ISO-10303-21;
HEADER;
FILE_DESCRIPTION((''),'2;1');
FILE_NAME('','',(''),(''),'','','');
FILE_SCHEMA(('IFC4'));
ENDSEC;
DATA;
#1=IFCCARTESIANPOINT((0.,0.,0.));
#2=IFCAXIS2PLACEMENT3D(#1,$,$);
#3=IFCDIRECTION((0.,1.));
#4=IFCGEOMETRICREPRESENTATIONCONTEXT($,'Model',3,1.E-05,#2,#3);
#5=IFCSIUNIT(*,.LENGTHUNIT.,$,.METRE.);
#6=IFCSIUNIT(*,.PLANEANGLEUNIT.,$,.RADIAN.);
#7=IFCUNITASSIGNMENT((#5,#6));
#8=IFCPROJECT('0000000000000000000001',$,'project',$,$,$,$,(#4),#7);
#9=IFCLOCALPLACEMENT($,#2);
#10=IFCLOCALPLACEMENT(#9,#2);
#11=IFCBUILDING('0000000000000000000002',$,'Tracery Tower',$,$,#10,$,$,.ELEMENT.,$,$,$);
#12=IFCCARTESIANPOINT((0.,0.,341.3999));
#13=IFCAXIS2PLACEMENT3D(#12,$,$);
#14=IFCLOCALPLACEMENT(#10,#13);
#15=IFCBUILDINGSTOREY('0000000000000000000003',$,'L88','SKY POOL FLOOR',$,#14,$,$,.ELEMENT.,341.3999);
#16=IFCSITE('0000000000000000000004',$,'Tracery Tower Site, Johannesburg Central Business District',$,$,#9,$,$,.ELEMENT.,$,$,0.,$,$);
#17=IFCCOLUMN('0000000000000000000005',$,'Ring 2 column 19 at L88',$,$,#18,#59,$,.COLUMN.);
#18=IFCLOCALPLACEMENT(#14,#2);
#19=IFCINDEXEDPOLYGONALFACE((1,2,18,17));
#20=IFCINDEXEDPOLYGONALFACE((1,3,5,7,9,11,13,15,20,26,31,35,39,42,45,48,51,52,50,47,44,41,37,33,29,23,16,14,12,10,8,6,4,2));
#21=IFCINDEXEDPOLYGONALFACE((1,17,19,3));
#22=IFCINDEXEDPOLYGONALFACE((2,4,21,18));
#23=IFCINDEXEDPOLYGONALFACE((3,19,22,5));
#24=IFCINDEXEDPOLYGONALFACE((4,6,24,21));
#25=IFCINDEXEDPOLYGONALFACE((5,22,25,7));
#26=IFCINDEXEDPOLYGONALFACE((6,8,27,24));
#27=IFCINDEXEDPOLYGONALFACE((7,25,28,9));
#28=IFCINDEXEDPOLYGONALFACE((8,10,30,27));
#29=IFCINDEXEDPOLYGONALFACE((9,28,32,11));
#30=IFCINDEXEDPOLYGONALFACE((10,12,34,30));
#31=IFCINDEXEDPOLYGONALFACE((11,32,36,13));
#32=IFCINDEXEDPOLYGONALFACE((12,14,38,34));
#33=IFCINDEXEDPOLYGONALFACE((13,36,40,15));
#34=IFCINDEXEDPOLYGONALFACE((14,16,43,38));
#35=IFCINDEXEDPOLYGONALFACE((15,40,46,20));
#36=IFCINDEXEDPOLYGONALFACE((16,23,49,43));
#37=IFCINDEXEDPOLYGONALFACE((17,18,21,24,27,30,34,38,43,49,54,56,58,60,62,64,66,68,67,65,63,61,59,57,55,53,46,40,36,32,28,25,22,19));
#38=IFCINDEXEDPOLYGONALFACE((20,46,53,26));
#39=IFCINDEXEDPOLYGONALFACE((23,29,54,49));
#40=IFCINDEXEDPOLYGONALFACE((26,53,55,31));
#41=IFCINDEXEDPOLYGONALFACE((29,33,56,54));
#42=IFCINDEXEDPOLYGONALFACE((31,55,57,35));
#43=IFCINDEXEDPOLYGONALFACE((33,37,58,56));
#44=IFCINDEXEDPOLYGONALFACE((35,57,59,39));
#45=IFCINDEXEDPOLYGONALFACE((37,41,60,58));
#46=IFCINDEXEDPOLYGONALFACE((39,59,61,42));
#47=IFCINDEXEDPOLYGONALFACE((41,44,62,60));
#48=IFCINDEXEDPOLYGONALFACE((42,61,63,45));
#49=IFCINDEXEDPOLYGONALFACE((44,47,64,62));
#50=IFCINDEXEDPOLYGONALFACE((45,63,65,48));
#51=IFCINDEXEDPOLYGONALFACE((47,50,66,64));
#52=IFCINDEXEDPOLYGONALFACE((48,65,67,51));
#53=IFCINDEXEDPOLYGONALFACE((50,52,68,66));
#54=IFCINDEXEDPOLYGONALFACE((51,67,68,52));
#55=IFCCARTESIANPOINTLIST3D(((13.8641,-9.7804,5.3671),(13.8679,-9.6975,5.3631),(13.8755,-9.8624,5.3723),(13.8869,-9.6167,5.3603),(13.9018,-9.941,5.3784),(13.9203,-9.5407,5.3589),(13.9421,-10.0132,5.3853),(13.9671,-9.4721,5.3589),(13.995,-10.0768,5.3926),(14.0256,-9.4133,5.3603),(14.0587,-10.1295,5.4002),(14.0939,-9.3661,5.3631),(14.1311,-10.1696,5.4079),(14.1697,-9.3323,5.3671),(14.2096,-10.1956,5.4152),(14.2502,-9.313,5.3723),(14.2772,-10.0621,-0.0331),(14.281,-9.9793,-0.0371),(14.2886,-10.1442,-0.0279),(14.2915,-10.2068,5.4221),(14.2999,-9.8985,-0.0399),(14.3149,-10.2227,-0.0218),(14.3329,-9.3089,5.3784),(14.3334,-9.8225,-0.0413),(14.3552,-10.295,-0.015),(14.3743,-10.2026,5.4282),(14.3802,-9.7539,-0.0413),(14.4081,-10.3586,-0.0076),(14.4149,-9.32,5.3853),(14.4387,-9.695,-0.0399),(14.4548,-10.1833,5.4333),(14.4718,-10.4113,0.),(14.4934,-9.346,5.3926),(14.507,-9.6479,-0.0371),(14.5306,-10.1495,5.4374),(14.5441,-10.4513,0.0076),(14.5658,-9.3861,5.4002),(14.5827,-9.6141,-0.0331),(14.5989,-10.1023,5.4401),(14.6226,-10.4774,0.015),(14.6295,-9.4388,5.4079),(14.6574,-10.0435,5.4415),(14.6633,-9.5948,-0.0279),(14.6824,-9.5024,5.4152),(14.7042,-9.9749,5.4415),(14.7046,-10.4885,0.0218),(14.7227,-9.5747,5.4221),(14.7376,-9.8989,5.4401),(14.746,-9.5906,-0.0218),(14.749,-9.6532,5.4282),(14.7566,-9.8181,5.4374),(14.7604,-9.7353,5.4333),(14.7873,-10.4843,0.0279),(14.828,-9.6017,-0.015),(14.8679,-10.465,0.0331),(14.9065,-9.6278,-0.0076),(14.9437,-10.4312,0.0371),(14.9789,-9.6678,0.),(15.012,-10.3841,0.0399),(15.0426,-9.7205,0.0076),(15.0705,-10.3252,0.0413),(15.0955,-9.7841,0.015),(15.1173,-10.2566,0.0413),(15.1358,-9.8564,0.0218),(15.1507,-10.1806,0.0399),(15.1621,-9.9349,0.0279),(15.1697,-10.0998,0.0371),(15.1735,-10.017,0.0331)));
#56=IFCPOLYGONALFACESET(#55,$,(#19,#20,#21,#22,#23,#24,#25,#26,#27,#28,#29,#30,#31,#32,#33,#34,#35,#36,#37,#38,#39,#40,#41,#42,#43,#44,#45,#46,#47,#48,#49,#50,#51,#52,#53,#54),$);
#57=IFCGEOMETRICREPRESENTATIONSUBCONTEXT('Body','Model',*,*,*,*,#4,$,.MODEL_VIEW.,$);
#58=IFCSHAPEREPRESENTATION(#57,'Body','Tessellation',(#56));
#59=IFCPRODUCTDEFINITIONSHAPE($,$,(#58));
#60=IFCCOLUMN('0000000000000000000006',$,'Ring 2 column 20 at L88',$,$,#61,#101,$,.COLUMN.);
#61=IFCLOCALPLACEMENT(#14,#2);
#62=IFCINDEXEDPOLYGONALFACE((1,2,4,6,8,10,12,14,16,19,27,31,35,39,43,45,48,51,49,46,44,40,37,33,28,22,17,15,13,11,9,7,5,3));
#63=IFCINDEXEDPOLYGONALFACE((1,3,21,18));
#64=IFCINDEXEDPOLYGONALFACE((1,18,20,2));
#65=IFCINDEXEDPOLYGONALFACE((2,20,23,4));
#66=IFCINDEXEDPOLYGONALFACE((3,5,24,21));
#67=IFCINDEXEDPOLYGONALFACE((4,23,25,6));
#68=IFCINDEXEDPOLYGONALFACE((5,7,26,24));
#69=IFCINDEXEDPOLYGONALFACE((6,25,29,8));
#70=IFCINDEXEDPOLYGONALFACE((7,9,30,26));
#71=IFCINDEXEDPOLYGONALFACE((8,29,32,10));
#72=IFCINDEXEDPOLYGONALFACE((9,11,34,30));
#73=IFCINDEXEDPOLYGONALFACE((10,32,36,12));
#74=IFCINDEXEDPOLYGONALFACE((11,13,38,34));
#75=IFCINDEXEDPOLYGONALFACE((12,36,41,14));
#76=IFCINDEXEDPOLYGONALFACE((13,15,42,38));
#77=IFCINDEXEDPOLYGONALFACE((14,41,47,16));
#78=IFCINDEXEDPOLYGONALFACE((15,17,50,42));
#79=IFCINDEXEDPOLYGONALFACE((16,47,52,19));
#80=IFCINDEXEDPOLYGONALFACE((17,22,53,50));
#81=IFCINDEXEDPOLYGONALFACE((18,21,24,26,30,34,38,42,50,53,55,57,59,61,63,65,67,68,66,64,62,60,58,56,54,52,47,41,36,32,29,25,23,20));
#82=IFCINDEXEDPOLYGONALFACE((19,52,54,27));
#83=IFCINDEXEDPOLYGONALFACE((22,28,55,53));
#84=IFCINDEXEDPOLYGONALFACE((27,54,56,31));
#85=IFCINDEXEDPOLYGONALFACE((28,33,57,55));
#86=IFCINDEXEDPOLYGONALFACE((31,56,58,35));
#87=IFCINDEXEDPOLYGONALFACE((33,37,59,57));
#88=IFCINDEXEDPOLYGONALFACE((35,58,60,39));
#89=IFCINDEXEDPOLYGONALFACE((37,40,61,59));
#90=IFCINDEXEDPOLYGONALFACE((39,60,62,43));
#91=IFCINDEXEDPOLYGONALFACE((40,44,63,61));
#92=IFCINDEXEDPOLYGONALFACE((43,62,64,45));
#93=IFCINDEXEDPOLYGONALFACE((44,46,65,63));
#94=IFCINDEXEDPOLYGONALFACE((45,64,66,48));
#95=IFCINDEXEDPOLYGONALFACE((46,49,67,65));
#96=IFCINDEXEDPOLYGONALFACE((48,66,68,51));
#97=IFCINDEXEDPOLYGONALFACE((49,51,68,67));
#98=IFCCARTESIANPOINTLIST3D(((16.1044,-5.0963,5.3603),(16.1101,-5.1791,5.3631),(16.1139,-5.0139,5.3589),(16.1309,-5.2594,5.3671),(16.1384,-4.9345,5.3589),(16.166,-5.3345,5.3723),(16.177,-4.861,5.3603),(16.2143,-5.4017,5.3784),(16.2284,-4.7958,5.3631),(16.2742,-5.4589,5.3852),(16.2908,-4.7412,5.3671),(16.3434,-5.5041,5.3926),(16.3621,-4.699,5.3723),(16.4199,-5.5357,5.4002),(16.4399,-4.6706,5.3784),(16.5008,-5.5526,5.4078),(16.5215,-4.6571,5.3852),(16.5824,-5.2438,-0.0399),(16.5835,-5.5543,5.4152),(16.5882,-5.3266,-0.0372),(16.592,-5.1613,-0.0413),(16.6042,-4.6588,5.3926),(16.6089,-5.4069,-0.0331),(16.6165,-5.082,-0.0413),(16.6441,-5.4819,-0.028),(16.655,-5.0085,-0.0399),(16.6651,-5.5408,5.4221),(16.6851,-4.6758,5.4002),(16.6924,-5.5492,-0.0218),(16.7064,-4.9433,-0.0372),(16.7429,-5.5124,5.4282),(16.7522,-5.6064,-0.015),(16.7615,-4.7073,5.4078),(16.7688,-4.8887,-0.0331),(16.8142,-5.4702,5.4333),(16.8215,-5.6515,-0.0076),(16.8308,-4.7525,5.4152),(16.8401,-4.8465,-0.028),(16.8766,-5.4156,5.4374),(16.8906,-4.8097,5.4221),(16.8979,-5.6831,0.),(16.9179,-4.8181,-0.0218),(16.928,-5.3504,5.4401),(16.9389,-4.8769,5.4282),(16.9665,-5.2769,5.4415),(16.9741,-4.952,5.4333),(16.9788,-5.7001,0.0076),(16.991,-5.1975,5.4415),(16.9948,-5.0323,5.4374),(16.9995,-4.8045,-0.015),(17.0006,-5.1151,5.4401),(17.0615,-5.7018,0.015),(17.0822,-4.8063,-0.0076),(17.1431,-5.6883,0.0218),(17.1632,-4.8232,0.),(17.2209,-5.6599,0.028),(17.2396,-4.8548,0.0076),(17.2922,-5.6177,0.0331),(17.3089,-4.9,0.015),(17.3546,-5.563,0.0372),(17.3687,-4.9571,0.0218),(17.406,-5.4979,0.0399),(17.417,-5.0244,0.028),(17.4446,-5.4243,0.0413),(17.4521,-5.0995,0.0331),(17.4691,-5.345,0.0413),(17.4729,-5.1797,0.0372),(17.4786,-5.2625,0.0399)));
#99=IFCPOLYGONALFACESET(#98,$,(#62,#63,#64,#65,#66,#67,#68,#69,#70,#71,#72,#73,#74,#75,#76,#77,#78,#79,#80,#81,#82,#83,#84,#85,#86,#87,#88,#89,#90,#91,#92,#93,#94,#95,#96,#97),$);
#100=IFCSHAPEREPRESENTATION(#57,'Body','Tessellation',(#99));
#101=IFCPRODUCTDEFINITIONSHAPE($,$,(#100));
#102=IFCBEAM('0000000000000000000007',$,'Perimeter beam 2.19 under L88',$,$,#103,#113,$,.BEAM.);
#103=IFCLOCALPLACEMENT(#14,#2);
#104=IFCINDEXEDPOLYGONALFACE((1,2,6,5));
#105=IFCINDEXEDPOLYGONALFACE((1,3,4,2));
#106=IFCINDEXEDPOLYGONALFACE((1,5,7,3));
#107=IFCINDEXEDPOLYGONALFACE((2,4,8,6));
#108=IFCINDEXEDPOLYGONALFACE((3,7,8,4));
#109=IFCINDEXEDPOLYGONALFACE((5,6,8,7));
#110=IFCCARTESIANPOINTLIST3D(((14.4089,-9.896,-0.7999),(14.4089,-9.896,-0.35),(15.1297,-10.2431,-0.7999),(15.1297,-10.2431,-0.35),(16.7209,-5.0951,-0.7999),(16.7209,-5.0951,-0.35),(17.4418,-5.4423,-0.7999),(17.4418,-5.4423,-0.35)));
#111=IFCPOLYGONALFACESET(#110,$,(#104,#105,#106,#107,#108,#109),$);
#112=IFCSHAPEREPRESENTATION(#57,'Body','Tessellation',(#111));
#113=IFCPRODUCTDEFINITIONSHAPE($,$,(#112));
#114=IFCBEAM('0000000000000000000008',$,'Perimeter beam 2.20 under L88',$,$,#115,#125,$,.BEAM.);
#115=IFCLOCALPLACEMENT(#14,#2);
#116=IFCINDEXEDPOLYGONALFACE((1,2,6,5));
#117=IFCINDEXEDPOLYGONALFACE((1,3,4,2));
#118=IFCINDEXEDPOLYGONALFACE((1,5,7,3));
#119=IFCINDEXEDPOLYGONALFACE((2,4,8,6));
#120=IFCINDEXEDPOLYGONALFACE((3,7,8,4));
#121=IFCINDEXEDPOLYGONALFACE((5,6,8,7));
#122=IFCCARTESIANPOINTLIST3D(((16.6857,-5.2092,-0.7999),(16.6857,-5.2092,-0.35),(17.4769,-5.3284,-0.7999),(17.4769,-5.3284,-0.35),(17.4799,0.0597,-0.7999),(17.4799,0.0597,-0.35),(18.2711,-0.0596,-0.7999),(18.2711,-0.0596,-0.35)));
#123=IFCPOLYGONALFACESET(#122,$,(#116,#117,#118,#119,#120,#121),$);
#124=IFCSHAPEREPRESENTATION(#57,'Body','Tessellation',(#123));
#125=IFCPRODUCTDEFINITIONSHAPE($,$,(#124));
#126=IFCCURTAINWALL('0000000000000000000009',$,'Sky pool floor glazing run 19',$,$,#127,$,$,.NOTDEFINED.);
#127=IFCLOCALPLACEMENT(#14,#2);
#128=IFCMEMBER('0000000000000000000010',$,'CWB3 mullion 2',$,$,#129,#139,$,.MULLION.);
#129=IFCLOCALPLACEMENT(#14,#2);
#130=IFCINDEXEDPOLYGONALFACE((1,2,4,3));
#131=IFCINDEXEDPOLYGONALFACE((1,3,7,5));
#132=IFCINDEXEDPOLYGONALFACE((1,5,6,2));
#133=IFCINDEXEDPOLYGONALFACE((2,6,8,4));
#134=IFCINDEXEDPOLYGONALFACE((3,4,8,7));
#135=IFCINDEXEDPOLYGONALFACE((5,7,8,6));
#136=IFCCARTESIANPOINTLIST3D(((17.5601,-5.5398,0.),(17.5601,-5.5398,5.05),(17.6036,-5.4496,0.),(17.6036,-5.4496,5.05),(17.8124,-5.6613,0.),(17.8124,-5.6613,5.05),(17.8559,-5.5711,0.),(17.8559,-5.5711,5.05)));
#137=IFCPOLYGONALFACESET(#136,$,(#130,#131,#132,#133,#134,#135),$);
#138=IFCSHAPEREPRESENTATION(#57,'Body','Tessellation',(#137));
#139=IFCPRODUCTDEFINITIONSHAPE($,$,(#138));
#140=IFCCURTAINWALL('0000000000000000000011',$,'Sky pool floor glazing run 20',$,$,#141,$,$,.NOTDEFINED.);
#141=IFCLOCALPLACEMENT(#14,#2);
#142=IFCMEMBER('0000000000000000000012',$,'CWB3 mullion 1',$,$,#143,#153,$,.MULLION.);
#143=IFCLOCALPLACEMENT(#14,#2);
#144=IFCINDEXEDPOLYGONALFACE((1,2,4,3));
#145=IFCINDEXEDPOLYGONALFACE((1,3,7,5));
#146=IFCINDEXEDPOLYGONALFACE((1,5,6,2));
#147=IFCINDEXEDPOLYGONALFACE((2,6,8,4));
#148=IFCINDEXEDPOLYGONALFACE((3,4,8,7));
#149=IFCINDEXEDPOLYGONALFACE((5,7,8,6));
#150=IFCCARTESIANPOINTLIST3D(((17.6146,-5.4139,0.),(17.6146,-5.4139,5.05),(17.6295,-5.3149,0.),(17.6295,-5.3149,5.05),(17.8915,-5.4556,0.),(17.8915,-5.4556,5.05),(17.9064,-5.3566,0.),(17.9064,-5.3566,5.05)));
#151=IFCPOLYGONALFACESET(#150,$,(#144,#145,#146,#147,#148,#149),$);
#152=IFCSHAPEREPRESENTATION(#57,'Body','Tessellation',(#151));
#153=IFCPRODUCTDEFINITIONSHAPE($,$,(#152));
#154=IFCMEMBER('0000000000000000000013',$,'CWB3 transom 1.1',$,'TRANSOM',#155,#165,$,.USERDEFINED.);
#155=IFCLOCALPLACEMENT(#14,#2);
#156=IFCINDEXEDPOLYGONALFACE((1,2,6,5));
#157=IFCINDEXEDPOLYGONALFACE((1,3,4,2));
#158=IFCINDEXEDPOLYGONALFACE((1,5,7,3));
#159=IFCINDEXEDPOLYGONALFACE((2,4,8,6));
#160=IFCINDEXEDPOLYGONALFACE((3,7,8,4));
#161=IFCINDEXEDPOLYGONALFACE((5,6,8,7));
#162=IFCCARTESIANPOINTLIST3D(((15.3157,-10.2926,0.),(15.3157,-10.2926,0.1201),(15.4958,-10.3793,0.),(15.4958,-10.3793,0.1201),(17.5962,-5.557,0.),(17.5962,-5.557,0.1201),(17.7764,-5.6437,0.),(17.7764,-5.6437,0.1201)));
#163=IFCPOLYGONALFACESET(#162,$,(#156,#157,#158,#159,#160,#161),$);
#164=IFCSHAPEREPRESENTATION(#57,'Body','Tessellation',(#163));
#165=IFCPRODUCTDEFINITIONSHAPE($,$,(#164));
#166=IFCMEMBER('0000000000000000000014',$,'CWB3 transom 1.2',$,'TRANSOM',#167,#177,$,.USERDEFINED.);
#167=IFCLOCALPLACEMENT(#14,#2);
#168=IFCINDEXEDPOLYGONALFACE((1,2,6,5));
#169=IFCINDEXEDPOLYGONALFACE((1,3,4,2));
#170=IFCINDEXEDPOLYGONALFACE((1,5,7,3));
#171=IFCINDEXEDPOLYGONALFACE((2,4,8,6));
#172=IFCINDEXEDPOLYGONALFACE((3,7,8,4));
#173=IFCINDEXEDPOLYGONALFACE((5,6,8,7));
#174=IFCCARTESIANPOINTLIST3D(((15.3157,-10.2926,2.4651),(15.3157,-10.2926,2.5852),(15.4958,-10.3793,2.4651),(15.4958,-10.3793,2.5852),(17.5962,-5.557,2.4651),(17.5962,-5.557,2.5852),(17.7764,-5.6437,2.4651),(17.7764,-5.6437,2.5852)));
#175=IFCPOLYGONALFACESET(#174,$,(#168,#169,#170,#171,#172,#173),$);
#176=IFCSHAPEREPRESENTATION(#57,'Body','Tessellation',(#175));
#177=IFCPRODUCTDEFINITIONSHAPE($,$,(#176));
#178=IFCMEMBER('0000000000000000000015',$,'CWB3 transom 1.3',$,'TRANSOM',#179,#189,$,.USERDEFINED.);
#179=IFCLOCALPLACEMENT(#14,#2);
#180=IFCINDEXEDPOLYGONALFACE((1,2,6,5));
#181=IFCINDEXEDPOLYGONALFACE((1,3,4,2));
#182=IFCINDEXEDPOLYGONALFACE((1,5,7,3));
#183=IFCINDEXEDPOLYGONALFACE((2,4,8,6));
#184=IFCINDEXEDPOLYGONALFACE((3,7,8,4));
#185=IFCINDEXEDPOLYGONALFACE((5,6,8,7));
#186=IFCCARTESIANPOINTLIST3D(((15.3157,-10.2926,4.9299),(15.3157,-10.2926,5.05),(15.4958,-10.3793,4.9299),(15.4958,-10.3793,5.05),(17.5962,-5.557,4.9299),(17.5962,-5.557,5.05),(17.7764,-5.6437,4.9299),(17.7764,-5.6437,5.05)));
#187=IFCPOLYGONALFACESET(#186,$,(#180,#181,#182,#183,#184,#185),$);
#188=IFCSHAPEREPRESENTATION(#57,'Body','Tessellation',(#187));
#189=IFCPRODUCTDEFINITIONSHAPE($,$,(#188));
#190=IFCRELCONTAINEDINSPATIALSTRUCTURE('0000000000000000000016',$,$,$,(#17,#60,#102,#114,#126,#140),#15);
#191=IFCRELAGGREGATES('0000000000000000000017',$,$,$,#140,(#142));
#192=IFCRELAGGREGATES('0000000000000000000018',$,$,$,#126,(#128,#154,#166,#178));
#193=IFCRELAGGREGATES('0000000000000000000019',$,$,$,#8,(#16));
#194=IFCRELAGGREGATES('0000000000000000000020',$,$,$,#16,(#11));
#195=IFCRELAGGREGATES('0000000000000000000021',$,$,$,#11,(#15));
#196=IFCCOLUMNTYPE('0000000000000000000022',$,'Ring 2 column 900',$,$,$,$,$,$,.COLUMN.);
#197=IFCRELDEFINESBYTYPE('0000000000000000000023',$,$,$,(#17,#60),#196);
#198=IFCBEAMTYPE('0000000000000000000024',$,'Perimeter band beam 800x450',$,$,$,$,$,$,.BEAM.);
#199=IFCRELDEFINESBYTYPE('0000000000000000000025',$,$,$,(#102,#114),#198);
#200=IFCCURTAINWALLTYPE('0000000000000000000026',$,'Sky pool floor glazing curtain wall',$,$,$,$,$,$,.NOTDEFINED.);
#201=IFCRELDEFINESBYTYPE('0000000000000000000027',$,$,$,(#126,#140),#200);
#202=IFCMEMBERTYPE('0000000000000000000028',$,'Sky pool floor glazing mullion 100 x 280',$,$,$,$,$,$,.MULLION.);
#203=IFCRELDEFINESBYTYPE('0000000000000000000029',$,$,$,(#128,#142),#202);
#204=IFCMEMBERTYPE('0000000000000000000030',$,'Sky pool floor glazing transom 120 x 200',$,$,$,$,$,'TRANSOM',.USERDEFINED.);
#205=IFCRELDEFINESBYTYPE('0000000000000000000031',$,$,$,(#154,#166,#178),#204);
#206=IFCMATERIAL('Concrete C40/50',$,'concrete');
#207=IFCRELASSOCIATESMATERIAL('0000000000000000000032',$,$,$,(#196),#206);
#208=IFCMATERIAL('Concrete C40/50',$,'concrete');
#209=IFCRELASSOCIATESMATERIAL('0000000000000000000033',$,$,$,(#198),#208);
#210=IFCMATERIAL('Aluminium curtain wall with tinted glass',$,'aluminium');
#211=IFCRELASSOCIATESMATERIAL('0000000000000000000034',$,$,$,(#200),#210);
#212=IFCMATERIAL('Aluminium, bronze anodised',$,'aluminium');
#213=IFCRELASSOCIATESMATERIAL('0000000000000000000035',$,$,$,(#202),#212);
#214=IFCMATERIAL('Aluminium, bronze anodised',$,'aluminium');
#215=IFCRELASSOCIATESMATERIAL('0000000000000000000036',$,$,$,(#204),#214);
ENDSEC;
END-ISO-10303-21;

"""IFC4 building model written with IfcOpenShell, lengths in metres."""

from ifc_helpers import new_model, si_unit, direction, frame, origin, origin_2d, place, context, subcontext, project, spatial, rectangle, circle, extrude, material, material_profile, profile_set, type_object, element, aggregate, save


model = new_model("IFC4")

# Units and contexts
model_context = context("Model", 3, precision=1e-05, world=origin(), true_north=direction((0.0, 1.0)))
body_context = subcontext(model_context, "Body", "Model", "MODEL_VIEW")
ifc_project = project(units=[si_unit("LENGTHUNIT", "METRE"), si_unit("PLANEANGLEUNIT", "RADIAN")], contexts=[model_context])

# Site, building, storey
site_placement = place(None, origin())
site = spatial("IfcSite", under=ifc_project, at=site_placement, Name="Tracery Tower Site, Johannesburg Central Business District", CompositionType="ELEMENT", RefElevation=0.0)
building_placement = place(site_placement, origin())
building = spatial("IfcBuilding", under=site, at=building_placement, Name="Tracery Tower", CompositionType="ELEMENT")
storey_placement = place(building_placement, frame((0.0, 0.0, 341.3999)))
storey = spatial("IfcBuildingStorey", under=building, at=storey_placement, Name="L88", Description="SKY POOL FLOOR", CompositionType="ELEMENT", Elevation=341.3999)

# Columns
ifc_material_1 = material(Name="Concrete C40/50", Category="concrete")
ifc_material_profile_1 = material_profile(ifc_material_1, circle(Radius=0.45, at=origin_2d()), Name="RC D900")
ifc_profile_set_1 = profile_set([ifc_material_profile_1], Name="Concrete C40/50")
column_type = type_object("IfcColumnType", Name="Ring 2 column 900", PredefinedType="COLUMN", material=ifc_profile_set_1)
for number, where, z_axis, x_axis, name in (
    (1, (14.7253, -10.0396, 0.0), (-0.076169, 0.05195, 0.995741), (-0.563458, -0.826145, 0.0), "Ring 2 column 19 at L88"),
    (2, (17.0305, -5.2532, 0.0), (-0.088144, 0.02719, 0.995737), (-0.294772, -0.955568, 0.0), "Ring 2 column 20 at L88"),
):
    element("IfcColumn", number, at=place(storey_placement, frame(where, z_axis=z_axis, x_axis=x_axis)), inside=storey, type_object=column_type, Name=name, PredefinedType="COLUMN", context=body_context, shape_type="SweptSolid", body=[
        extrude(circle(Radius=0.45, at=origin_2d()), origin(), (0.0, 0.0, 1.0), 5.4233),
    ])

# Beams
ifc_material_2 = material(Name="Concrete C40/50", Category="concrete")
ifc_material_profile_2 = material_profile(ifc_material_2, rectangle(XDim=0.8, YDim=0.45, at=origin_2d()), Name="RC 800x450")
ifc_profile_set_2 = profile_set([ifc_material_profile_2], Name="Concrete C40/50")
beam_type = type_object("IfcBeamType", Name="Perimeter band beam 800x450", PredefinedType="BEAM", material=ifc_profile_set_2)
beam_1_placement = place(storey_placement, frame((14.7693, -10.0696, -0.575), z_axis=(0.433896, 0.900963, 0.0), x_axis=(-0.900963, 0.433896, 0.0)))
element("IfcBeam", 3, at=beam_1_placement, inside=storey, type_object=beam_type, Name="Perimeter beam 2.19 under L88", PredefinedType="BEAM", context=body_context, shape_type="SweptSolid", body=[
    extrude(rectangle(XDim=0.8, YDim=0.45, at=origin_2d()), origin(), (0.0, 0.0, 1.0), 5.3286),
])
beam_2_placement = place(storey_placement, frame((17.0813, -5.2688, -0.575), z_axis=(0.149051, 0.98883, 0.0), x_axis=(-0.98883, 0.149051, 0.0)))
element("IfcBeam", 4, at=beam_2_placement, inside=storey, type_object=beam_type, Name="Perimeter beam 2.20 under L88", PredefinedType="BEAM", context=body_context, shape_type="SweptSolid", body=[
    extrude(rectangle(XDim=0.8, YDim=0.45, at=origin_2d()), origin(), (0.0, 0.0, 1.0), 5.3284),
])

# Curtain walls, members
ifc_material_3 = material(Name="Aluminium curtain wall with tinted glass", Category="aluminium")
curtain_wall_type = type_object("IfcCurtainWallType", Name="Sky pool floor glazing curtain wall", PredefinedType="NOTDEFINED", material=ifc_material_3)
curtain_wall_1_placement = place(storey_placement, origin())
curtain_wall_1 = element("IfcCurtainWall", 5, at=curtain_wall_1_placement, inside=storey, type_object=curtain_wall_type, Name="Sky pool floor glazing run 19", PredefinedType="NOTDEFINED")
ifc_material_4 = material(Name="Aluminium, bronze anodised", Category="aluminium")
ifc_material_profile_3 = material_profile(ifc_material_4, rectangle(XDim=0.28, YDim=0.1001, at=origin_2d()), Name="Sky pool floor glazing mullion 100 x 280")
ifc_profile_set_3 = profile_set([ifc_material_profile_3], Name="Aluminium, bronze anodised")
member_type_1 = type_object("IfcMemberType", Name="Sky pool floor glazing mullion 100 x 280", PredefinedType="MULLION", material=ifc_profile_set_3)
member_1_placement = place(storey_placement, frame((17.708, -5.5554, 0.0), z_axis=(0.0, 0.0, 1.0), x_axis=(-0.900971, 0.43388, 0.0)))
member_1 = element("IfcMember", 6, at=member_1_placement, type_object=member_type_1, Name="CWB3 mullion 2", PredefinedType="MULLION", context=body_context, shape_type="SweptSolid", body=[
    extrude(rectangle(XDim=0.28, YDim=0.1001, at=origin_2d()), origin(), (0.0, 0.0, 1.0), 5.05),
])
curtain_wall_2_placement = place(storey_placement, origin())
curtain_wall_2 = element("IfcCurtainWall", 7, at=curtain_wall_2_placement, inside=storey, type_object=curtain_wall_type, Name="Sky pool floor glazing run 20", PredefinedType="NOTDEFINED")
member_2_placement = place(storey_placement, frame((17.7605, -5.3853, 0.0), z_axis=(0.0, 0.0, 1.0), x_axis=(-0.988833, 0.149028, 0.0)))
member_2 = element("IfcMember", 8, at=member_2_placement, type_object=member_type_1, Name="CWB3 mullion 1", PredefinedType="MULLION", context=body_context, shape_type="SweptSolid", body=[
    extrude(rectangle(XDim=0.28, YDim=0.1001, at=origin_2d()), origin(), (0.0, 0.0, 1.0), 5.05),
])

# Members
ifc_material_5 = material(Name="Aluminium, bronze anodised", Category="aluminium")
ifc_material_profile_4 = material_profile(ifc_material_5, rectangle(XDim=0.2, YDim=0.1201, at=origin_2d()), Name="Sky pool floor glazing transom 120 x 200")
ifc_profile_set_4 = profile_set([ifc_material_profile_4], Name="Aluminium, bronze anodised")
member_type_2 = type_object("IfcMemberType", Name="Sky pool floor glazing transom 120 x 200", ElementType="TRANSOM", PredefinedType="USERDEFINED", material=ifc_profile_set_4)
member_3_placement = place(storey_placement, frame((15.4058, -10.3359, 0.0601), z_axis=(0.43388, 0.900971, 0.0), x_axis=(-0.900971, 0.43388, 0.0)))
member_3 = element("IfcMember", 9, at=member_3_placement, type_object=member_type_2, Name="CWB3 transom 1.1", ObjectType="TRANSOM", PredefinedType="USERDEFINED", context=body_context, shape_type="SweptSolid", body=[
    extrude(rectangle(XDim=0.2, YDim=0.1201, at=origin_2d()), origin(), (0.0, 0.0, 1.0), 5.2561),
])
member_4_placement = place(storey_placement, frame((15.4058, -10.3359, 2.5251), z_axis=(0.43388, 0.900971, 0.0), x_axis=(-0.900971, 0.43388, 0.0)))
member_4 = element("IfcMember", 10, at=member_4_placement, type_object=member_type_2, Name="CWB3 transom 1.2", ObjectType="TRANSOM", PredefinedType="USERDEFINED", context=body_context, shape_type="SweptSolid", body=[
    extrude(rectangle(XDim=0.2, YDim=0.1201, at=origin_2d()), origin(), (0.0, 0.0, 1.0), 5.2561),
])
member_5_placement = place(storey_placement, frame((15.4058, -10.3359, 4.99), z_axis=(0.43388, 0.900971, 0.0), x_axis=(-0.900971, 0.43388, 0.0)))
member_5 = element("IfcMember", 11, at=member_5_placement, type_object=member_type_2, Name="CWB3 transom 1.3", ObjectType="TRANSOM", PredefinedType="USERDEFINED", context=body_context, shape_type="SweptSolid", body=[
    extrude(rectangle(XDim=0.2, YDim=0.1201, at=origin_2d()), origin(), (0.0, 0.0, 1.0), 5.2561),
])
aggregate(curtain_wall_2, [member_2])

aggregate(curtain_wall_1, [member_1, member_3, member_4, member_5])

save(model, "model.ifc")
